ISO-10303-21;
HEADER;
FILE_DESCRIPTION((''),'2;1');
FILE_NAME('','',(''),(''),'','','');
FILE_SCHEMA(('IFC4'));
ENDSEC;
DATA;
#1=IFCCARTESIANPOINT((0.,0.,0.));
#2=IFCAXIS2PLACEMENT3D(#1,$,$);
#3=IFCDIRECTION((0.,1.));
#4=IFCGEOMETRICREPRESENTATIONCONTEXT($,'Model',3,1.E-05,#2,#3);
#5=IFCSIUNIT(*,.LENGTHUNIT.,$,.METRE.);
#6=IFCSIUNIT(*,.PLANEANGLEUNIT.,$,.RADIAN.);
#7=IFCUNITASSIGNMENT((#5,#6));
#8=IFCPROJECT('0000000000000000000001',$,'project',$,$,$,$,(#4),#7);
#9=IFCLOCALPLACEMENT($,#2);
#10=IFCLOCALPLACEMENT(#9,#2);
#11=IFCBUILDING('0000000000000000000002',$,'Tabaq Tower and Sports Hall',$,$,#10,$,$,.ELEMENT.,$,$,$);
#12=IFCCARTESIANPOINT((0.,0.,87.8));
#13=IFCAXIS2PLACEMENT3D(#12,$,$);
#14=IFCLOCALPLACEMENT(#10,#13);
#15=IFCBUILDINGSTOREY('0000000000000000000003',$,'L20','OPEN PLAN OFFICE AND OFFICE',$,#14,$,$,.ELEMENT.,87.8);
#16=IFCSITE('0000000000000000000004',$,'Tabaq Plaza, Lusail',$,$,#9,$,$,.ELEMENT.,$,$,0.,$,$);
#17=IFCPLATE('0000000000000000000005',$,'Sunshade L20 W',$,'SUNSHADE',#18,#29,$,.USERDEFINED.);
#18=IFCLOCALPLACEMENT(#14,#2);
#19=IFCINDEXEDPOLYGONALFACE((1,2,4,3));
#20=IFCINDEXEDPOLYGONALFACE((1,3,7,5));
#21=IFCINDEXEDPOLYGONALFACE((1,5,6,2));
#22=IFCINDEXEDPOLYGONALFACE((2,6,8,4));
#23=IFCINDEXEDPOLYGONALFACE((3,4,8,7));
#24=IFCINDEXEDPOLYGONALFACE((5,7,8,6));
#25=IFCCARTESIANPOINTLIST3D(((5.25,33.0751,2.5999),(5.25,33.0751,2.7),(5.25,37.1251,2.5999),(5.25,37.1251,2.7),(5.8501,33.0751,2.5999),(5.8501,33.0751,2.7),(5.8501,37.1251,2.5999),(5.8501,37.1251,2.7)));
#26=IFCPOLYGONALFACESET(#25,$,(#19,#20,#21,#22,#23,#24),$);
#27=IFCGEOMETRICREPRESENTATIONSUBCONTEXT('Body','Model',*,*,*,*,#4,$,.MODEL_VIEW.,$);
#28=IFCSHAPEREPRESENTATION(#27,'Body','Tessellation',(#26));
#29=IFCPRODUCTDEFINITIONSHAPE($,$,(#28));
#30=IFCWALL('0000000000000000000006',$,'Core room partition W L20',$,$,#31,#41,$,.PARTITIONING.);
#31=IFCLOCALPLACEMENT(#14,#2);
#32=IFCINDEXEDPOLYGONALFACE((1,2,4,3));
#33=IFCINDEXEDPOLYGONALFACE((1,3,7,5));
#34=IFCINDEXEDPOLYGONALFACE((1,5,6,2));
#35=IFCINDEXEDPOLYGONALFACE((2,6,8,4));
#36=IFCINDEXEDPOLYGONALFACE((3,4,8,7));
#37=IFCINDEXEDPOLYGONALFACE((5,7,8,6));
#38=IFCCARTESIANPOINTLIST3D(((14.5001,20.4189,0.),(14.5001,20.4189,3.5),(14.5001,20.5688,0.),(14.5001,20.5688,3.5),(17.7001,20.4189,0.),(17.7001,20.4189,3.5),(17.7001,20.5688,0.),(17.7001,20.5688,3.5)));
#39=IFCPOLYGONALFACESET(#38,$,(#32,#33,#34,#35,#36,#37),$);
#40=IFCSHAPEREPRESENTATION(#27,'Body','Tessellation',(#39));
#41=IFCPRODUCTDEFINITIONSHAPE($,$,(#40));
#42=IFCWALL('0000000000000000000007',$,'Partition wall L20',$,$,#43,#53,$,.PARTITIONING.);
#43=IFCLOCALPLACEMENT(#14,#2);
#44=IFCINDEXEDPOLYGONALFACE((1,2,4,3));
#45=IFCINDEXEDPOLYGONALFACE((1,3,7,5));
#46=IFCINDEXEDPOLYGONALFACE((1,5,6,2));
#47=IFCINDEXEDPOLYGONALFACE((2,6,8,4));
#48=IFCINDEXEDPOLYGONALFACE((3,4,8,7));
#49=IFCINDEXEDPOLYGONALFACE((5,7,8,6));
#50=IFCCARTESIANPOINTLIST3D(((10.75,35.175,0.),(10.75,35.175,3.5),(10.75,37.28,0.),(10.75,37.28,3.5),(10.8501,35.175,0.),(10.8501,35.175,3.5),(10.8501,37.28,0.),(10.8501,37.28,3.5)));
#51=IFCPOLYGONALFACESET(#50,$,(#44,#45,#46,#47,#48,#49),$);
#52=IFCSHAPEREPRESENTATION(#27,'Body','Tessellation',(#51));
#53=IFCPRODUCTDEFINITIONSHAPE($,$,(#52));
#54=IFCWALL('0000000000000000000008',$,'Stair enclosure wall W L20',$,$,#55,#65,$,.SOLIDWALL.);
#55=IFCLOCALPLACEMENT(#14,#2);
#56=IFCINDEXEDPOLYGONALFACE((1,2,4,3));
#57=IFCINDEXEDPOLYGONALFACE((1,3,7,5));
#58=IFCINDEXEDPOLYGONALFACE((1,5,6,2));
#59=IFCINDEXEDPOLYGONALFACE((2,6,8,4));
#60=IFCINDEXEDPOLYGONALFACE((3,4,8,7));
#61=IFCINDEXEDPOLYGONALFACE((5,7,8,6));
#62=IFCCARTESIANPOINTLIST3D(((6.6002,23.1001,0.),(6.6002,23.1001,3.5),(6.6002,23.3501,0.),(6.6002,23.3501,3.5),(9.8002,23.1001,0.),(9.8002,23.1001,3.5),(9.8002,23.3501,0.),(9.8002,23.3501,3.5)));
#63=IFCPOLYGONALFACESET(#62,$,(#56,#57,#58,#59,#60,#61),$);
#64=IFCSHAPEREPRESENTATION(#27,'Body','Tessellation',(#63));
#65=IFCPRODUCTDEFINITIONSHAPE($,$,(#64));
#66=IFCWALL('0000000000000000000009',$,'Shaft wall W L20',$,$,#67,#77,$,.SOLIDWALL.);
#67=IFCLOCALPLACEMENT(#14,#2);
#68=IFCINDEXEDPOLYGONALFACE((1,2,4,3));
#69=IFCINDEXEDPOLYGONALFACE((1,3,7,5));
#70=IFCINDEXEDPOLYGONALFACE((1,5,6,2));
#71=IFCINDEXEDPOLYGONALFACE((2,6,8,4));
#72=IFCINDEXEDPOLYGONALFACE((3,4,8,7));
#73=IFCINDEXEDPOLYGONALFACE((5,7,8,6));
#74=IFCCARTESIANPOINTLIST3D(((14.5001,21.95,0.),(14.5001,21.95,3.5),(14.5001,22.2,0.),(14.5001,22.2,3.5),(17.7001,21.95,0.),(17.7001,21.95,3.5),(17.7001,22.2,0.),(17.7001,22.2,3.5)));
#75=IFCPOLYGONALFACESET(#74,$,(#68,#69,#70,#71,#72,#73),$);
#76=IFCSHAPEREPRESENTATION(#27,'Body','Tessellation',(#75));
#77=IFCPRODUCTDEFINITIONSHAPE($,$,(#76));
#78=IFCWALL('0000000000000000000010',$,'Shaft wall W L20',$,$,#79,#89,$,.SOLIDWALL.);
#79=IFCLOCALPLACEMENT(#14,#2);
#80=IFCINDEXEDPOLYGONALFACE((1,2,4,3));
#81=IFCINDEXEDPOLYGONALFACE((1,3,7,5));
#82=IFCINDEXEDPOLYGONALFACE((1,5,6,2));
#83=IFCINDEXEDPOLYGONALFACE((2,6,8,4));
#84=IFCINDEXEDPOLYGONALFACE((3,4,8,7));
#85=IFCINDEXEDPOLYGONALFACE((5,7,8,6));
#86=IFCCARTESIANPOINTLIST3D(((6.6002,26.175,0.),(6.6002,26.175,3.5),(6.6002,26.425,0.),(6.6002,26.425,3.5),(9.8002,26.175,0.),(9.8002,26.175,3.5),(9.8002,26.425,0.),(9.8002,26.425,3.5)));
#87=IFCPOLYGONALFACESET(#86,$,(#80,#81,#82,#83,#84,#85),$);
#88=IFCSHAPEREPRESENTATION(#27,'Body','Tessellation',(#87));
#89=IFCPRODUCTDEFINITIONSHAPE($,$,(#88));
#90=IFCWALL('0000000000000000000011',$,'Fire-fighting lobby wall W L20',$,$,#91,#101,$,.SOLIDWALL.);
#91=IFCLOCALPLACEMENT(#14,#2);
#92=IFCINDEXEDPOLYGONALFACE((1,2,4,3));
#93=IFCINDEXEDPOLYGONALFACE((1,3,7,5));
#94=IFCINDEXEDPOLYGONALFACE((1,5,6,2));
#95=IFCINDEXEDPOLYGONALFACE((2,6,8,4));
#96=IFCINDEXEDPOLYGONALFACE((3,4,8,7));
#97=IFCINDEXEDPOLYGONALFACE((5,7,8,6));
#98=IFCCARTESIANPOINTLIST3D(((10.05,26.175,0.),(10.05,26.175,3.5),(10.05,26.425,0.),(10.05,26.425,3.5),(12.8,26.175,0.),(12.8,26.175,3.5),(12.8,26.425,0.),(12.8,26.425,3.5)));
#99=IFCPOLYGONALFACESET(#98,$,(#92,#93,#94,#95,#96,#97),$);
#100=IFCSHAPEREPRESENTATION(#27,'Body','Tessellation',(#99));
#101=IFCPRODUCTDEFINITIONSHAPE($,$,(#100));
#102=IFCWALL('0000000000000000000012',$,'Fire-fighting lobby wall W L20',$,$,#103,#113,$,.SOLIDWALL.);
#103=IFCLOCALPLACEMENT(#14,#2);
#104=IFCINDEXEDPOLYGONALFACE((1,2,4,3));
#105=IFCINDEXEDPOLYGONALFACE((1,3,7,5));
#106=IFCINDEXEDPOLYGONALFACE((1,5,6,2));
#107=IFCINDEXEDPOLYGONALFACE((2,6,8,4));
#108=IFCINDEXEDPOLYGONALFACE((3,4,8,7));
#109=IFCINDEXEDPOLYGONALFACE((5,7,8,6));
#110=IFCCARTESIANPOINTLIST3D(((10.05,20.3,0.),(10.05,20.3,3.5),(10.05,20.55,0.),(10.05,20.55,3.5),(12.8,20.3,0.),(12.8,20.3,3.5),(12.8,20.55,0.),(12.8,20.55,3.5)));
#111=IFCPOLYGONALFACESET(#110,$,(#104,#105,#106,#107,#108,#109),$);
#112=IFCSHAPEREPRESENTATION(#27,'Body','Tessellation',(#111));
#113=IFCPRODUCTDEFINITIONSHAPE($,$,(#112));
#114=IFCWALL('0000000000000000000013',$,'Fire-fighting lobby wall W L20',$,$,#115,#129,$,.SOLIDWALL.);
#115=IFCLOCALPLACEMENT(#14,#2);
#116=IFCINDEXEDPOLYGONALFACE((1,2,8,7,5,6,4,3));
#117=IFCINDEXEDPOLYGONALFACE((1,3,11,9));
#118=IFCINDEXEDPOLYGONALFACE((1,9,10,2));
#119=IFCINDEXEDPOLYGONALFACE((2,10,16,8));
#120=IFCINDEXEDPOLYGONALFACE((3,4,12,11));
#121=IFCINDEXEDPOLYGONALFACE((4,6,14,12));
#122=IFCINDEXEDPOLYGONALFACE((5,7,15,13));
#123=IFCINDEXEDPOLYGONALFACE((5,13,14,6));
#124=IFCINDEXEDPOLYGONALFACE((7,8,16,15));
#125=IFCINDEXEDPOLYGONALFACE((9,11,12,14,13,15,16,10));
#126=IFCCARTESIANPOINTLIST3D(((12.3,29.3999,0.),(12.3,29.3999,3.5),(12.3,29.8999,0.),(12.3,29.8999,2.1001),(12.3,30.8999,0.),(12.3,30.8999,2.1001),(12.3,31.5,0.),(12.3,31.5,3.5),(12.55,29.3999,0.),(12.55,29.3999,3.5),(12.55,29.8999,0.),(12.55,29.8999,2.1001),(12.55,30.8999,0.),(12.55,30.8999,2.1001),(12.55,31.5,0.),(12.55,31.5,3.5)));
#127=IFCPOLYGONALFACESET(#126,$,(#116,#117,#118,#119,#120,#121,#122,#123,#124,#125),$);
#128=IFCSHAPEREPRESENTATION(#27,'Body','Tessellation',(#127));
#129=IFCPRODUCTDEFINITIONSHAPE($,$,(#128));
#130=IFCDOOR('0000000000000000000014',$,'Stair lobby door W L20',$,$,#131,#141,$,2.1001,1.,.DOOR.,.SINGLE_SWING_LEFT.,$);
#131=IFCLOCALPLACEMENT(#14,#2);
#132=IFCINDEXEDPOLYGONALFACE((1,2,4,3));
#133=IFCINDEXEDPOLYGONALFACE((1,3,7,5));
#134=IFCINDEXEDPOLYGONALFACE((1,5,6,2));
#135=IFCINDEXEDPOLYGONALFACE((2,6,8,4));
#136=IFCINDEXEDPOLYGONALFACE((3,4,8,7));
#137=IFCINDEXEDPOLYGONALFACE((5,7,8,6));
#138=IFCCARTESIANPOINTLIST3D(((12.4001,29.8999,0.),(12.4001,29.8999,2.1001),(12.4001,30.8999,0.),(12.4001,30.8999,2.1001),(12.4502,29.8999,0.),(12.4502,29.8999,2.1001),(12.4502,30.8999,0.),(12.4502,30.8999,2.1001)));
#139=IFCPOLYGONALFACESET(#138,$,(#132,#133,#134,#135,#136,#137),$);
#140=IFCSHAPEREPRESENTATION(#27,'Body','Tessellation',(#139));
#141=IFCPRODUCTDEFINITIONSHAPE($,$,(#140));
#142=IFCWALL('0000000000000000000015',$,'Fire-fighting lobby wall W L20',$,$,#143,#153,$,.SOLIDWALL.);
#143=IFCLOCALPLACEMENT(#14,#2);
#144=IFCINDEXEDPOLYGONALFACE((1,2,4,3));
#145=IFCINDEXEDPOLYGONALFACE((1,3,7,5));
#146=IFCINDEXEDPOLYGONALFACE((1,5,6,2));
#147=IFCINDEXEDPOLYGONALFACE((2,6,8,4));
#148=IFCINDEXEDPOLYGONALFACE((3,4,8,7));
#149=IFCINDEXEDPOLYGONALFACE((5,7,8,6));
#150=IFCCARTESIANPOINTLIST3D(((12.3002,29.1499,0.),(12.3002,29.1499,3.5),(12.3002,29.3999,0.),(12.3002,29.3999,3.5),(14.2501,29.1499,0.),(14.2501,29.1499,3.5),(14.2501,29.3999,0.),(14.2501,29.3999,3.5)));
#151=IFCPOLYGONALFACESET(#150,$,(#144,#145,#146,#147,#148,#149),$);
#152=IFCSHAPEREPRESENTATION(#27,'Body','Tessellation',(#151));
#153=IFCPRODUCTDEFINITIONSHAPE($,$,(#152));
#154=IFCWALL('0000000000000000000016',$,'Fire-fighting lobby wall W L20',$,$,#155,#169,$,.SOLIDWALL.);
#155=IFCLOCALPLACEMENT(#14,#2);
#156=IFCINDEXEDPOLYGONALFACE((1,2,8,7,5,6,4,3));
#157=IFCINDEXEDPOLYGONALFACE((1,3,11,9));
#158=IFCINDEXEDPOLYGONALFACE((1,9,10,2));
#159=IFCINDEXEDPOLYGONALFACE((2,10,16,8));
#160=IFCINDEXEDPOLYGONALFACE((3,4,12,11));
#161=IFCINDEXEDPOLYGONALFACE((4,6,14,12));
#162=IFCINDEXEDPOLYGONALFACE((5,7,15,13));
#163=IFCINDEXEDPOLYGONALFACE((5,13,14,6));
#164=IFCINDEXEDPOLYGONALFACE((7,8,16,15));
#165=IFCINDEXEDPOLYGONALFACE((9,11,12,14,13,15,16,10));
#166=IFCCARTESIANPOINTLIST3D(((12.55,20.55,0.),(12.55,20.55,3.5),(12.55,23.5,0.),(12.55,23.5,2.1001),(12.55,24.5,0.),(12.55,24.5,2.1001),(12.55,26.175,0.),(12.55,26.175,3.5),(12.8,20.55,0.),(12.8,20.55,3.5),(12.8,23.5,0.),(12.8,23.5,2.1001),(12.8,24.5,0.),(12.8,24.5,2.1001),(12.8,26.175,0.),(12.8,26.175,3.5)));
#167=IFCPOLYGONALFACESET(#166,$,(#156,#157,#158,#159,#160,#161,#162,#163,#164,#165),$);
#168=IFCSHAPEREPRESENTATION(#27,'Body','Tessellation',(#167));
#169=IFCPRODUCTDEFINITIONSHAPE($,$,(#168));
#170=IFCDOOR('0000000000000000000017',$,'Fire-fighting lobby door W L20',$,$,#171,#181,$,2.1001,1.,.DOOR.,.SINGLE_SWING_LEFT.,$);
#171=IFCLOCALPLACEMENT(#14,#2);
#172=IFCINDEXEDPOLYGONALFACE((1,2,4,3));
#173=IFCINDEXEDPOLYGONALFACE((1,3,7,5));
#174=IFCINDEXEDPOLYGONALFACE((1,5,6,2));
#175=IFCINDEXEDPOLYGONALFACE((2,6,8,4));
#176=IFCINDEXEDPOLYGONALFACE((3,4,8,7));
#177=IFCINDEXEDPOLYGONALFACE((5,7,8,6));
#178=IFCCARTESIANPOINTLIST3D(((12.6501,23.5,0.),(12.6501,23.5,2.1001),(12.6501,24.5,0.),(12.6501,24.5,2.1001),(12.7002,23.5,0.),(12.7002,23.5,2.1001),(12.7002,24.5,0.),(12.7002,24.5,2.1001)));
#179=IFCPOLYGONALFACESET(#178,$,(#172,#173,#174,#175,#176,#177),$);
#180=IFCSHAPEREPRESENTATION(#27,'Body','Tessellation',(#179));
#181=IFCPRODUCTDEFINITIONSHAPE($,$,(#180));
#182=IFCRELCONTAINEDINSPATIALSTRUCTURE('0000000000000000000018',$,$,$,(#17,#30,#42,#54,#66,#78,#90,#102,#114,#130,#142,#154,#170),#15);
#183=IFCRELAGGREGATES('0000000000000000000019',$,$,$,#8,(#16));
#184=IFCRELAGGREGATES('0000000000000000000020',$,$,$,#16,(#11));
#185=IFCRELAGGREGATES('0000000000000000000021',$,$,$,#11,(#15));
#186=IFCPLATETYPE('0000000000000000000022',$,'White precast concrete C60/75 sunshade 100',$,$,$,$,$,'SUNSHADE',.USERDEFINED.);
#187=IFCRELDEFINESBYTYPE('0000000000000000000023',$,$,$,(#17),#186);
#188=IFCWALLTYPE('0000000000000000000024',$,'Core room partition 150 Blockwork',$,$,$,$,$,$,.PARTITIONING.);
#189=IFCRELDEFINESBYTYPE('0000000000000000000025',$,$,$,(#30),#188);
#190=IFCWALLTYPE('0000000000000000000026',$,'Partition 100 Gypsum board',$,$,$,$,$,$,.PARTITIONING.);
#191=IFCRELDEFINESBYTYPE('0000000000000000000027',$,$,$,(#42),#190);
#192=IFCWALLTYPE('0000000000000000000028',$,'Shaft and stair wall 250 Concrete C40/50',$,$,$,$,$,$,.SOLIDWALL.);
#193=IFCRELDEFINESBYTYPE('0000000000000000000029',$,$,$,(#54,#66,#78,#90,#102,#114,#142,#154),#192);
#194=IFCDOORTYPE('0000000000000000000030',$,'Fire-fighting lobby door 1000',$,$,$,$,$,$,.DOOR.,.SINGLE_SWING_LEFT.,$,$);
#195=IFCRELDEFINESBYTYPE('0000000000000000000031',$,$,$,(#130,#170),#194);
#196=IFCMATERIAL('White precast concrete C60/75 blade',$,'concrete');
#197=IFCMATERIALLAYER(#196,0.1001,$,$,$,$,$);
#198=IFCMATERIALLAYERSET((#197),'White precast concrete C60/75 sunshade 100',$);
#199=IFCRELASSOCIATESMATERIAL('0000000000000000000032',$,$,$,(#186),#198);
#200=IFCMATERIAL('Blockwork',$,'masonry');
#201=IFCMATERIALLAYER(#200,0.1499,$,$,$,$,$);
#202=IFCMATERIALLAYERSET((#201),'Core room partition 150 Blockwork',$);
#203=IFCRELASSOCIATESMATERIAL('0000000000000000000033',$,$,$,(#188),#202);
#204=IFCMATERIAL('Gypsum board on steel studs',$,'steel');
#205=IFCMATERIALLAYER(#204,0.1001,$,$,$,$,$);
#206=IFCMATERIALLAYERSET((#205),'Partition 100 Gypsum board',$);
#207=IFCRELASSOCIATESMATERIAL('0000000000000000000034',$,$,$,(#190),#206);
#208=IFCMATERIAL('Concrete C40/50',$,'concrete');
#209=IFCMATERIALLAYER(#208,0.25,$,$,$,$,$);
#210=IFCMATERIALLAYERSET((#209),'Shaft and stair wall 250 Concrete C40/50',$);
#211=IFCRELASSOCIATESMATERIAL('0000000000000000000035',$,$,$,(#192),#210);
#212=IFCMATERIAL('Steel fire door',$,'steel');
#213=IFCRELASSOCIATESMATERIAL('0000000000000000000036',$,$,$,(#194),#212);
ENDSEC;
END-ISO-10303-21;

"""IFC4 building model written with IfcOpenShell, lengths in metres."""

from ifc_helpers import new_model, si_unit, direction, frame, frame_2d, origin, origin_2d, place, context, subcontext, project, spatial, rectangle, extrude, material, layer, layer_set, type_object, element, fill, save


model = new_model("IFC4")

# Units and contexts
model_context = context("Model", 3, precision=1e-05, world=origin(), true_north=direction((0.0, 1.0)))
body_context = subcontext(model_context, "Body", "Model", "MODEL_VIEW")
ifc_project = project(units=[si_unit("LENGTHUNIT", "METRE"), si_unit("PLANEANGLEUNIT", "RADIAN")], contexts=[model_context])

# Site, building, storey
site_placement = place(None, origin())
site = spatial("IfcSite", under=ifc_project, at=site_placement, Name="Tabaq Plaza, Lusail", CompositionType="ELEMENT", RefElevation=0.0)
building_placement = place(site_placement, origin())
building = spatial("IfcBuilding", under=site, at=building_placement, Name="Tabaq Tower and Sports Hall", CompositionType="ELEMENT")
storey_placement = place(building_placement, frame((0.0, 0.0, 87.8)))
storey = spatial("IfcBuildingStorey", under=building, at=storey_placement, Name="L20", Description="OPEN PLAN OFFICE AND OFFICE", CompositionType="ELEMENT", Elevation=87.8)

# Plate
ifc_material_1 = material(Name="White precast concrete C60/75 blade", Category="concrete")
ifc_layer_1 = layer(ifc_material_1, 0.1001)
ifc_layer_set_1 = layer_set([ifc_layer_1], Name="White precast concrete C60/75 sunshade 100")
plate_type = type_object("IfcPlateType", Name="White precast concrete C60/75 sunshade 100", ElementType="SUNSHADE", PredefinedType="USERDEFINED", material=ifc_layer_set_1)
plate_placement = place(storey_placement, frame((5.55, 35.1001, 2.5999), z_axis=(0.0, 0.0, 1.0), x_axis=(0.0, -1.0, 0.0)))
element("IfcPlate", 1, at=plate_placement, inside=storey, type_object=plate_type, Name="Sunshade L20 W", ObjectType="SUNSHADE", PredefinedType="USERDEFINED", context=body_context, shape_type="SweptSolid", body=[
    extrude(rectangle(XDim=4.05, YDim=0.6001, at=origin_2d()), origin(), (0.0, 0.0, 1.0), 0.1001),
])

# Wall
ifc_material_2 = material(Name="Blockwork", Category="masonry")
ifc_layer_2 = layer(ifc_material_2, 0.1499)
ifc_layer_set_2 = layer_set([ifc_layer_2], Name="Core room partition 150 Blockwork")
wall_type_1 = type_object("IfcWallType", Name="Core room partition 150 Blockwork", PredefinedType="PARTITIONING", material=ifc_layer_set_2)
wall_1_placement = place(storey_placement, frame((14.5, 20.4939, 0.0), z_axis=(0.0, 0.0, 1.0), x_axis=(1.0, 0.0, 0.0)))
element("IfcWall", 2, at=wall_1_placement, inside=storey, type_object=wall_type_1, Name="Core room partition W L20", PredefinedType="PARTITIONING", context=body_context, shape_type="SweptSolid", body=[
    extrude(rectangle(XDim=3.2, YDim=0.1499, at=frame_2d((1.6001, 0.0))), origin(), (0.0, 0.0, 1.0), 3.5),
])

# Walls
ifc_material_3 = material(Name="Gypsum board on steel studs", Category="steel")
ifc_layer_3 = layer(ifc_material_3, 0.1001)
ifc_layer_set_3 = layer_set([ifc_layer_3], Name="Partition 100 Gypsum board")
wall_type_2 = type_object("IfcWallType", Name="Partition 100 Gypsum board", PredefinedType="PARTITIONING", material=ifc_layer_set_3)
wall_2_placement = place(storey_placement, frame((10.8, 35.175, 0.0), z_axis=(0.0, 0.0, 1.0), x_axis=(0.0, 1.0, 0.0)))
element("IfcWall", 3, at=wall_2_placement, inside=storey, type_object=wall_type_2, Name="Partition wall L20", PredefinedType="PARTITIONING", context=body_context, shape_type="SweptSolid", body=[
    extrude(rectangle(XDim=2.105, YDim=0.1001, at=frame_2d((1.0525, 0.0))), origin(), (0.0, 0.0, 1.0), 3.5),
])
ifc_material_4 = material(Name="Concrete C40/50", Category="concrete")
ifc_layer_4 = layer(ifc_material_4, 0.25)
ifc_layer_set_4 = layer_set([ifc_layer_4], Name="Shaft and stair wall 250 Concrete C40/50")
wall_type_3 = type_object("IfcWallType", Name="Shaft and stair wall 250 Concrete C40/50", PredefinedType="SOLIDWALL", material=ifc_layer_set_4)
for number, where, z_axis, x_axis, name in (
    (4, (6.6001, 23.2251, 0.0), (0.0, 0.0, 1.0), (1.0, 0.0, 0.0), "Stair enclosure wall W L20"),
    (5, (14.5, 22.075, 0.0), (0.0, 0.0, 1.0), (1.0, 0.0, 0.0), "Shaft wall W L20"),
    (6, (6.6001, 26.3, 0.0), (0.0, 0.0, 1.0), (1.0, 0.0, 0.0), "Shaft wall W L20"),
):
    element("IfcWall", number, at=place(storey_placement, frame(where, z_axis=z_axis, x_axis=x_axis)), inside=storey, type_object=wall_type_3, Name=name, PredefinedType="SOLIDWALL", context=body_context, shape_type="SweptSolid", body=[
        extrude(rectangle(XDim=3.2, YDim=0.25, at=frame_2d((1.6001, 0.0))), origin(), (0.0, 0.0, 1.0), 3.5),
    ])
for number, where, z_axis, x_axis, name in (
    (7, (10.05, 26.3, 0.0), (0.0, 0.0, 1.0), (1.0, 0.0, 0.0), "Fire-fighting lobby wall W L20"),
    (8, (10.05, 20.425, 0.0), (0.0, 0.0, 1.0), (1.0, 0.0, 0.0), "Fire-fighting lobby wall W L20"),
):
    element("IfcWall", number, at=place(storey_placement, frame(where, z_axis=z_axis, x_axis=x_axis)), inside=storey, type_object=wall_type_3, Name=name, PredefinedType="SOLIDWALL", context=body_context, shape_type="SweptSolid", body=[
        extrude(rectangle(XDim=2.75, YDim=0.25, at=frame_2d((1.375, 0.0))), origin(), (0.0, 0.0, 1.0), 3.5),
    ])

# Wall, opening, door
wall_3_placement = place(storey_placement, frame((12.425, 29.3999, 0.0), z_axis=(0.0, 0.0, 1.0), x_axis=(0.0, 1.0, 0.0)))
wall_3 = element("IfcWall", 9, at=wall_3_placement, inside=storey, type_object=wall_type_3, Name="Fire-fighting lobby wall W L20", PredefinedType="SOLIDWALL", context=body_context, shape_type="SweptSolid", body=[
    extrude(rectangle(XDim=2.1001, YDim=0.25, at=frame_2d((1.05, 0.0))), origin(), (0.0, 0.0, 1.0), 3.5),
])
opening_1_placement = place(wall_3_placement, frame((0.5, 0.0, 0.0)))
opening_1 = element("IfcOpeningElement", 10, at=opening_1_placement, cuts=wall_3, PredefinedType="OPENING", context=body_context, shape_type="SweptSolid", body=[
    extrude(rectangle(XDim=1.0, YDim=2.1001, at=frame_2d((0.5, 1.05))), frame((0.0, 0.125, 0.0), z_axis=(0.0, -1.0, 0.0), x_axis=(1.0, 0.0, 0.0)), (0.0, 0.0, 1.0), 0.25),
])
ifc_material_5 = material(Name="Steel fire door", Category="steel")
door_type_1 = type_object("IfcDoorType", Name="Fire-fighting lobby door 1000", OperationType="SINGLE_SWING_LEFT", PredefinedType="DOOR", material=ifc_material_5)
door_1_placement = place(opening_1_placement, origin())
door_1 = element("IfcDoor", 11, at=door_1_placement, inside=storey, type_object=door_type_1, Name="Stair lobby door W L20", OperationType="SINGLE_SWING_LEFT", OverallHeight=2.1001, OverallWidth=1.0, PredefinedType="DOOR", context=body_context, shape_type="SweptSolid", body=[
    extrude(rectangle(XDim=1.0, YDim=2.1001, at=frame_2d((0.5, 1.05))), frame((0.0, 0.0249, 0.0), z_axis=(0.0, -1.0, 0.0), x_axis=(1.0, 0.0, 0.0)), (0.0, 0.0, 1.0), 0.05),
])
fill(opening_1, door_1)

# Wall
wall_4_placement = place(storey_placement, frame((12.3, 29.2749, 0.0), z_axis=(0.0, 0.0, 1.0), x_axis=(1.0, 0.0, 0.0)))
element("IfcWall", 12, at=wall_4_placement, inside=storey, type_object=wall_type_3, Name="Fire-fighting lobby wall W L20", PredefinedType="SOLIDWALL", context=body_context, shape_type="SweptSolid", body=[
    extrude(rectangle(XDim=1.95, YDim=0.25, at=frame_2d((0.9751, 0.0))), origin(), (0.0, 0.0, 1.0), 3.5),
])

# Wall, opening, door
wall_5_placement = place(storey_placement, frame((12.675, 20.55, 0.0), z_axis=(0.0, 0.0, 1.0), x_axis=(0.0, 1.0, 0.0)))
wall_5 = element("IfcWall", 13, at=wall_5_placement, inside=storey, type_object=wall_type_3, Name="Fire-fighting lobby wall W L20", PredefinedType="SOLIDWALL", context=body_context, shape_type="SweptSolid", body=[
    extrude(rectangle(XDim=5.625, YDim=0.25, at=frame_2d((2.8125, 0.0))), origin(), (0.0, 0.0, 1.0), 3.5),
])
opening_2_placement = place(wall_5_placement, frame((2.95, 0.0, 0.0)))
opening_2 = element("IfcOpeningElement", 14, at=opening_2_placement, cuts=wall_5, PredefinedType="OPENING", context=body_context, shape_type="SweptSolid", body=[
    extrude(rectangle(XDim=1.0, YDim=2.1001, at=frame_2d((0.5, 1.05))), frame((0.0, 0.125, 0.0), z_axis=(0.0, -1.0, 0.0), x_axis=(1.0, 0.0, 0.0)), (0.0, 0.0, 1.0), 0.25),
])
door_2_placement = place(opening_2_placement, origin())
door_2 = element("IfcDoor", 15, at=door_2_placement, inside=storey, type_object=door_type_1, Name="Fire-fighting lobby door W L20", OperationType="SINGLE_SWING_LEFT", OverallHeight=2.1001, OverallWidth=1.0, PredefinedType="DOOR", context=body_context, shape_type="SweptSolid", body=[
    extrude(rectangle(XDim=1.0, YDim=2.1001, at=frame_2d((0.5, 1.05))), frame((0.0, 0.0249, 0.0), z_axis=(0.0, -1.0, 0.0), x_axis=(1.0, 0.0, 0.0)), (0.0, 0.0, 1.0), 0.05),
])
fill(opening_2, door_2)

save(model, "model.ifc")
